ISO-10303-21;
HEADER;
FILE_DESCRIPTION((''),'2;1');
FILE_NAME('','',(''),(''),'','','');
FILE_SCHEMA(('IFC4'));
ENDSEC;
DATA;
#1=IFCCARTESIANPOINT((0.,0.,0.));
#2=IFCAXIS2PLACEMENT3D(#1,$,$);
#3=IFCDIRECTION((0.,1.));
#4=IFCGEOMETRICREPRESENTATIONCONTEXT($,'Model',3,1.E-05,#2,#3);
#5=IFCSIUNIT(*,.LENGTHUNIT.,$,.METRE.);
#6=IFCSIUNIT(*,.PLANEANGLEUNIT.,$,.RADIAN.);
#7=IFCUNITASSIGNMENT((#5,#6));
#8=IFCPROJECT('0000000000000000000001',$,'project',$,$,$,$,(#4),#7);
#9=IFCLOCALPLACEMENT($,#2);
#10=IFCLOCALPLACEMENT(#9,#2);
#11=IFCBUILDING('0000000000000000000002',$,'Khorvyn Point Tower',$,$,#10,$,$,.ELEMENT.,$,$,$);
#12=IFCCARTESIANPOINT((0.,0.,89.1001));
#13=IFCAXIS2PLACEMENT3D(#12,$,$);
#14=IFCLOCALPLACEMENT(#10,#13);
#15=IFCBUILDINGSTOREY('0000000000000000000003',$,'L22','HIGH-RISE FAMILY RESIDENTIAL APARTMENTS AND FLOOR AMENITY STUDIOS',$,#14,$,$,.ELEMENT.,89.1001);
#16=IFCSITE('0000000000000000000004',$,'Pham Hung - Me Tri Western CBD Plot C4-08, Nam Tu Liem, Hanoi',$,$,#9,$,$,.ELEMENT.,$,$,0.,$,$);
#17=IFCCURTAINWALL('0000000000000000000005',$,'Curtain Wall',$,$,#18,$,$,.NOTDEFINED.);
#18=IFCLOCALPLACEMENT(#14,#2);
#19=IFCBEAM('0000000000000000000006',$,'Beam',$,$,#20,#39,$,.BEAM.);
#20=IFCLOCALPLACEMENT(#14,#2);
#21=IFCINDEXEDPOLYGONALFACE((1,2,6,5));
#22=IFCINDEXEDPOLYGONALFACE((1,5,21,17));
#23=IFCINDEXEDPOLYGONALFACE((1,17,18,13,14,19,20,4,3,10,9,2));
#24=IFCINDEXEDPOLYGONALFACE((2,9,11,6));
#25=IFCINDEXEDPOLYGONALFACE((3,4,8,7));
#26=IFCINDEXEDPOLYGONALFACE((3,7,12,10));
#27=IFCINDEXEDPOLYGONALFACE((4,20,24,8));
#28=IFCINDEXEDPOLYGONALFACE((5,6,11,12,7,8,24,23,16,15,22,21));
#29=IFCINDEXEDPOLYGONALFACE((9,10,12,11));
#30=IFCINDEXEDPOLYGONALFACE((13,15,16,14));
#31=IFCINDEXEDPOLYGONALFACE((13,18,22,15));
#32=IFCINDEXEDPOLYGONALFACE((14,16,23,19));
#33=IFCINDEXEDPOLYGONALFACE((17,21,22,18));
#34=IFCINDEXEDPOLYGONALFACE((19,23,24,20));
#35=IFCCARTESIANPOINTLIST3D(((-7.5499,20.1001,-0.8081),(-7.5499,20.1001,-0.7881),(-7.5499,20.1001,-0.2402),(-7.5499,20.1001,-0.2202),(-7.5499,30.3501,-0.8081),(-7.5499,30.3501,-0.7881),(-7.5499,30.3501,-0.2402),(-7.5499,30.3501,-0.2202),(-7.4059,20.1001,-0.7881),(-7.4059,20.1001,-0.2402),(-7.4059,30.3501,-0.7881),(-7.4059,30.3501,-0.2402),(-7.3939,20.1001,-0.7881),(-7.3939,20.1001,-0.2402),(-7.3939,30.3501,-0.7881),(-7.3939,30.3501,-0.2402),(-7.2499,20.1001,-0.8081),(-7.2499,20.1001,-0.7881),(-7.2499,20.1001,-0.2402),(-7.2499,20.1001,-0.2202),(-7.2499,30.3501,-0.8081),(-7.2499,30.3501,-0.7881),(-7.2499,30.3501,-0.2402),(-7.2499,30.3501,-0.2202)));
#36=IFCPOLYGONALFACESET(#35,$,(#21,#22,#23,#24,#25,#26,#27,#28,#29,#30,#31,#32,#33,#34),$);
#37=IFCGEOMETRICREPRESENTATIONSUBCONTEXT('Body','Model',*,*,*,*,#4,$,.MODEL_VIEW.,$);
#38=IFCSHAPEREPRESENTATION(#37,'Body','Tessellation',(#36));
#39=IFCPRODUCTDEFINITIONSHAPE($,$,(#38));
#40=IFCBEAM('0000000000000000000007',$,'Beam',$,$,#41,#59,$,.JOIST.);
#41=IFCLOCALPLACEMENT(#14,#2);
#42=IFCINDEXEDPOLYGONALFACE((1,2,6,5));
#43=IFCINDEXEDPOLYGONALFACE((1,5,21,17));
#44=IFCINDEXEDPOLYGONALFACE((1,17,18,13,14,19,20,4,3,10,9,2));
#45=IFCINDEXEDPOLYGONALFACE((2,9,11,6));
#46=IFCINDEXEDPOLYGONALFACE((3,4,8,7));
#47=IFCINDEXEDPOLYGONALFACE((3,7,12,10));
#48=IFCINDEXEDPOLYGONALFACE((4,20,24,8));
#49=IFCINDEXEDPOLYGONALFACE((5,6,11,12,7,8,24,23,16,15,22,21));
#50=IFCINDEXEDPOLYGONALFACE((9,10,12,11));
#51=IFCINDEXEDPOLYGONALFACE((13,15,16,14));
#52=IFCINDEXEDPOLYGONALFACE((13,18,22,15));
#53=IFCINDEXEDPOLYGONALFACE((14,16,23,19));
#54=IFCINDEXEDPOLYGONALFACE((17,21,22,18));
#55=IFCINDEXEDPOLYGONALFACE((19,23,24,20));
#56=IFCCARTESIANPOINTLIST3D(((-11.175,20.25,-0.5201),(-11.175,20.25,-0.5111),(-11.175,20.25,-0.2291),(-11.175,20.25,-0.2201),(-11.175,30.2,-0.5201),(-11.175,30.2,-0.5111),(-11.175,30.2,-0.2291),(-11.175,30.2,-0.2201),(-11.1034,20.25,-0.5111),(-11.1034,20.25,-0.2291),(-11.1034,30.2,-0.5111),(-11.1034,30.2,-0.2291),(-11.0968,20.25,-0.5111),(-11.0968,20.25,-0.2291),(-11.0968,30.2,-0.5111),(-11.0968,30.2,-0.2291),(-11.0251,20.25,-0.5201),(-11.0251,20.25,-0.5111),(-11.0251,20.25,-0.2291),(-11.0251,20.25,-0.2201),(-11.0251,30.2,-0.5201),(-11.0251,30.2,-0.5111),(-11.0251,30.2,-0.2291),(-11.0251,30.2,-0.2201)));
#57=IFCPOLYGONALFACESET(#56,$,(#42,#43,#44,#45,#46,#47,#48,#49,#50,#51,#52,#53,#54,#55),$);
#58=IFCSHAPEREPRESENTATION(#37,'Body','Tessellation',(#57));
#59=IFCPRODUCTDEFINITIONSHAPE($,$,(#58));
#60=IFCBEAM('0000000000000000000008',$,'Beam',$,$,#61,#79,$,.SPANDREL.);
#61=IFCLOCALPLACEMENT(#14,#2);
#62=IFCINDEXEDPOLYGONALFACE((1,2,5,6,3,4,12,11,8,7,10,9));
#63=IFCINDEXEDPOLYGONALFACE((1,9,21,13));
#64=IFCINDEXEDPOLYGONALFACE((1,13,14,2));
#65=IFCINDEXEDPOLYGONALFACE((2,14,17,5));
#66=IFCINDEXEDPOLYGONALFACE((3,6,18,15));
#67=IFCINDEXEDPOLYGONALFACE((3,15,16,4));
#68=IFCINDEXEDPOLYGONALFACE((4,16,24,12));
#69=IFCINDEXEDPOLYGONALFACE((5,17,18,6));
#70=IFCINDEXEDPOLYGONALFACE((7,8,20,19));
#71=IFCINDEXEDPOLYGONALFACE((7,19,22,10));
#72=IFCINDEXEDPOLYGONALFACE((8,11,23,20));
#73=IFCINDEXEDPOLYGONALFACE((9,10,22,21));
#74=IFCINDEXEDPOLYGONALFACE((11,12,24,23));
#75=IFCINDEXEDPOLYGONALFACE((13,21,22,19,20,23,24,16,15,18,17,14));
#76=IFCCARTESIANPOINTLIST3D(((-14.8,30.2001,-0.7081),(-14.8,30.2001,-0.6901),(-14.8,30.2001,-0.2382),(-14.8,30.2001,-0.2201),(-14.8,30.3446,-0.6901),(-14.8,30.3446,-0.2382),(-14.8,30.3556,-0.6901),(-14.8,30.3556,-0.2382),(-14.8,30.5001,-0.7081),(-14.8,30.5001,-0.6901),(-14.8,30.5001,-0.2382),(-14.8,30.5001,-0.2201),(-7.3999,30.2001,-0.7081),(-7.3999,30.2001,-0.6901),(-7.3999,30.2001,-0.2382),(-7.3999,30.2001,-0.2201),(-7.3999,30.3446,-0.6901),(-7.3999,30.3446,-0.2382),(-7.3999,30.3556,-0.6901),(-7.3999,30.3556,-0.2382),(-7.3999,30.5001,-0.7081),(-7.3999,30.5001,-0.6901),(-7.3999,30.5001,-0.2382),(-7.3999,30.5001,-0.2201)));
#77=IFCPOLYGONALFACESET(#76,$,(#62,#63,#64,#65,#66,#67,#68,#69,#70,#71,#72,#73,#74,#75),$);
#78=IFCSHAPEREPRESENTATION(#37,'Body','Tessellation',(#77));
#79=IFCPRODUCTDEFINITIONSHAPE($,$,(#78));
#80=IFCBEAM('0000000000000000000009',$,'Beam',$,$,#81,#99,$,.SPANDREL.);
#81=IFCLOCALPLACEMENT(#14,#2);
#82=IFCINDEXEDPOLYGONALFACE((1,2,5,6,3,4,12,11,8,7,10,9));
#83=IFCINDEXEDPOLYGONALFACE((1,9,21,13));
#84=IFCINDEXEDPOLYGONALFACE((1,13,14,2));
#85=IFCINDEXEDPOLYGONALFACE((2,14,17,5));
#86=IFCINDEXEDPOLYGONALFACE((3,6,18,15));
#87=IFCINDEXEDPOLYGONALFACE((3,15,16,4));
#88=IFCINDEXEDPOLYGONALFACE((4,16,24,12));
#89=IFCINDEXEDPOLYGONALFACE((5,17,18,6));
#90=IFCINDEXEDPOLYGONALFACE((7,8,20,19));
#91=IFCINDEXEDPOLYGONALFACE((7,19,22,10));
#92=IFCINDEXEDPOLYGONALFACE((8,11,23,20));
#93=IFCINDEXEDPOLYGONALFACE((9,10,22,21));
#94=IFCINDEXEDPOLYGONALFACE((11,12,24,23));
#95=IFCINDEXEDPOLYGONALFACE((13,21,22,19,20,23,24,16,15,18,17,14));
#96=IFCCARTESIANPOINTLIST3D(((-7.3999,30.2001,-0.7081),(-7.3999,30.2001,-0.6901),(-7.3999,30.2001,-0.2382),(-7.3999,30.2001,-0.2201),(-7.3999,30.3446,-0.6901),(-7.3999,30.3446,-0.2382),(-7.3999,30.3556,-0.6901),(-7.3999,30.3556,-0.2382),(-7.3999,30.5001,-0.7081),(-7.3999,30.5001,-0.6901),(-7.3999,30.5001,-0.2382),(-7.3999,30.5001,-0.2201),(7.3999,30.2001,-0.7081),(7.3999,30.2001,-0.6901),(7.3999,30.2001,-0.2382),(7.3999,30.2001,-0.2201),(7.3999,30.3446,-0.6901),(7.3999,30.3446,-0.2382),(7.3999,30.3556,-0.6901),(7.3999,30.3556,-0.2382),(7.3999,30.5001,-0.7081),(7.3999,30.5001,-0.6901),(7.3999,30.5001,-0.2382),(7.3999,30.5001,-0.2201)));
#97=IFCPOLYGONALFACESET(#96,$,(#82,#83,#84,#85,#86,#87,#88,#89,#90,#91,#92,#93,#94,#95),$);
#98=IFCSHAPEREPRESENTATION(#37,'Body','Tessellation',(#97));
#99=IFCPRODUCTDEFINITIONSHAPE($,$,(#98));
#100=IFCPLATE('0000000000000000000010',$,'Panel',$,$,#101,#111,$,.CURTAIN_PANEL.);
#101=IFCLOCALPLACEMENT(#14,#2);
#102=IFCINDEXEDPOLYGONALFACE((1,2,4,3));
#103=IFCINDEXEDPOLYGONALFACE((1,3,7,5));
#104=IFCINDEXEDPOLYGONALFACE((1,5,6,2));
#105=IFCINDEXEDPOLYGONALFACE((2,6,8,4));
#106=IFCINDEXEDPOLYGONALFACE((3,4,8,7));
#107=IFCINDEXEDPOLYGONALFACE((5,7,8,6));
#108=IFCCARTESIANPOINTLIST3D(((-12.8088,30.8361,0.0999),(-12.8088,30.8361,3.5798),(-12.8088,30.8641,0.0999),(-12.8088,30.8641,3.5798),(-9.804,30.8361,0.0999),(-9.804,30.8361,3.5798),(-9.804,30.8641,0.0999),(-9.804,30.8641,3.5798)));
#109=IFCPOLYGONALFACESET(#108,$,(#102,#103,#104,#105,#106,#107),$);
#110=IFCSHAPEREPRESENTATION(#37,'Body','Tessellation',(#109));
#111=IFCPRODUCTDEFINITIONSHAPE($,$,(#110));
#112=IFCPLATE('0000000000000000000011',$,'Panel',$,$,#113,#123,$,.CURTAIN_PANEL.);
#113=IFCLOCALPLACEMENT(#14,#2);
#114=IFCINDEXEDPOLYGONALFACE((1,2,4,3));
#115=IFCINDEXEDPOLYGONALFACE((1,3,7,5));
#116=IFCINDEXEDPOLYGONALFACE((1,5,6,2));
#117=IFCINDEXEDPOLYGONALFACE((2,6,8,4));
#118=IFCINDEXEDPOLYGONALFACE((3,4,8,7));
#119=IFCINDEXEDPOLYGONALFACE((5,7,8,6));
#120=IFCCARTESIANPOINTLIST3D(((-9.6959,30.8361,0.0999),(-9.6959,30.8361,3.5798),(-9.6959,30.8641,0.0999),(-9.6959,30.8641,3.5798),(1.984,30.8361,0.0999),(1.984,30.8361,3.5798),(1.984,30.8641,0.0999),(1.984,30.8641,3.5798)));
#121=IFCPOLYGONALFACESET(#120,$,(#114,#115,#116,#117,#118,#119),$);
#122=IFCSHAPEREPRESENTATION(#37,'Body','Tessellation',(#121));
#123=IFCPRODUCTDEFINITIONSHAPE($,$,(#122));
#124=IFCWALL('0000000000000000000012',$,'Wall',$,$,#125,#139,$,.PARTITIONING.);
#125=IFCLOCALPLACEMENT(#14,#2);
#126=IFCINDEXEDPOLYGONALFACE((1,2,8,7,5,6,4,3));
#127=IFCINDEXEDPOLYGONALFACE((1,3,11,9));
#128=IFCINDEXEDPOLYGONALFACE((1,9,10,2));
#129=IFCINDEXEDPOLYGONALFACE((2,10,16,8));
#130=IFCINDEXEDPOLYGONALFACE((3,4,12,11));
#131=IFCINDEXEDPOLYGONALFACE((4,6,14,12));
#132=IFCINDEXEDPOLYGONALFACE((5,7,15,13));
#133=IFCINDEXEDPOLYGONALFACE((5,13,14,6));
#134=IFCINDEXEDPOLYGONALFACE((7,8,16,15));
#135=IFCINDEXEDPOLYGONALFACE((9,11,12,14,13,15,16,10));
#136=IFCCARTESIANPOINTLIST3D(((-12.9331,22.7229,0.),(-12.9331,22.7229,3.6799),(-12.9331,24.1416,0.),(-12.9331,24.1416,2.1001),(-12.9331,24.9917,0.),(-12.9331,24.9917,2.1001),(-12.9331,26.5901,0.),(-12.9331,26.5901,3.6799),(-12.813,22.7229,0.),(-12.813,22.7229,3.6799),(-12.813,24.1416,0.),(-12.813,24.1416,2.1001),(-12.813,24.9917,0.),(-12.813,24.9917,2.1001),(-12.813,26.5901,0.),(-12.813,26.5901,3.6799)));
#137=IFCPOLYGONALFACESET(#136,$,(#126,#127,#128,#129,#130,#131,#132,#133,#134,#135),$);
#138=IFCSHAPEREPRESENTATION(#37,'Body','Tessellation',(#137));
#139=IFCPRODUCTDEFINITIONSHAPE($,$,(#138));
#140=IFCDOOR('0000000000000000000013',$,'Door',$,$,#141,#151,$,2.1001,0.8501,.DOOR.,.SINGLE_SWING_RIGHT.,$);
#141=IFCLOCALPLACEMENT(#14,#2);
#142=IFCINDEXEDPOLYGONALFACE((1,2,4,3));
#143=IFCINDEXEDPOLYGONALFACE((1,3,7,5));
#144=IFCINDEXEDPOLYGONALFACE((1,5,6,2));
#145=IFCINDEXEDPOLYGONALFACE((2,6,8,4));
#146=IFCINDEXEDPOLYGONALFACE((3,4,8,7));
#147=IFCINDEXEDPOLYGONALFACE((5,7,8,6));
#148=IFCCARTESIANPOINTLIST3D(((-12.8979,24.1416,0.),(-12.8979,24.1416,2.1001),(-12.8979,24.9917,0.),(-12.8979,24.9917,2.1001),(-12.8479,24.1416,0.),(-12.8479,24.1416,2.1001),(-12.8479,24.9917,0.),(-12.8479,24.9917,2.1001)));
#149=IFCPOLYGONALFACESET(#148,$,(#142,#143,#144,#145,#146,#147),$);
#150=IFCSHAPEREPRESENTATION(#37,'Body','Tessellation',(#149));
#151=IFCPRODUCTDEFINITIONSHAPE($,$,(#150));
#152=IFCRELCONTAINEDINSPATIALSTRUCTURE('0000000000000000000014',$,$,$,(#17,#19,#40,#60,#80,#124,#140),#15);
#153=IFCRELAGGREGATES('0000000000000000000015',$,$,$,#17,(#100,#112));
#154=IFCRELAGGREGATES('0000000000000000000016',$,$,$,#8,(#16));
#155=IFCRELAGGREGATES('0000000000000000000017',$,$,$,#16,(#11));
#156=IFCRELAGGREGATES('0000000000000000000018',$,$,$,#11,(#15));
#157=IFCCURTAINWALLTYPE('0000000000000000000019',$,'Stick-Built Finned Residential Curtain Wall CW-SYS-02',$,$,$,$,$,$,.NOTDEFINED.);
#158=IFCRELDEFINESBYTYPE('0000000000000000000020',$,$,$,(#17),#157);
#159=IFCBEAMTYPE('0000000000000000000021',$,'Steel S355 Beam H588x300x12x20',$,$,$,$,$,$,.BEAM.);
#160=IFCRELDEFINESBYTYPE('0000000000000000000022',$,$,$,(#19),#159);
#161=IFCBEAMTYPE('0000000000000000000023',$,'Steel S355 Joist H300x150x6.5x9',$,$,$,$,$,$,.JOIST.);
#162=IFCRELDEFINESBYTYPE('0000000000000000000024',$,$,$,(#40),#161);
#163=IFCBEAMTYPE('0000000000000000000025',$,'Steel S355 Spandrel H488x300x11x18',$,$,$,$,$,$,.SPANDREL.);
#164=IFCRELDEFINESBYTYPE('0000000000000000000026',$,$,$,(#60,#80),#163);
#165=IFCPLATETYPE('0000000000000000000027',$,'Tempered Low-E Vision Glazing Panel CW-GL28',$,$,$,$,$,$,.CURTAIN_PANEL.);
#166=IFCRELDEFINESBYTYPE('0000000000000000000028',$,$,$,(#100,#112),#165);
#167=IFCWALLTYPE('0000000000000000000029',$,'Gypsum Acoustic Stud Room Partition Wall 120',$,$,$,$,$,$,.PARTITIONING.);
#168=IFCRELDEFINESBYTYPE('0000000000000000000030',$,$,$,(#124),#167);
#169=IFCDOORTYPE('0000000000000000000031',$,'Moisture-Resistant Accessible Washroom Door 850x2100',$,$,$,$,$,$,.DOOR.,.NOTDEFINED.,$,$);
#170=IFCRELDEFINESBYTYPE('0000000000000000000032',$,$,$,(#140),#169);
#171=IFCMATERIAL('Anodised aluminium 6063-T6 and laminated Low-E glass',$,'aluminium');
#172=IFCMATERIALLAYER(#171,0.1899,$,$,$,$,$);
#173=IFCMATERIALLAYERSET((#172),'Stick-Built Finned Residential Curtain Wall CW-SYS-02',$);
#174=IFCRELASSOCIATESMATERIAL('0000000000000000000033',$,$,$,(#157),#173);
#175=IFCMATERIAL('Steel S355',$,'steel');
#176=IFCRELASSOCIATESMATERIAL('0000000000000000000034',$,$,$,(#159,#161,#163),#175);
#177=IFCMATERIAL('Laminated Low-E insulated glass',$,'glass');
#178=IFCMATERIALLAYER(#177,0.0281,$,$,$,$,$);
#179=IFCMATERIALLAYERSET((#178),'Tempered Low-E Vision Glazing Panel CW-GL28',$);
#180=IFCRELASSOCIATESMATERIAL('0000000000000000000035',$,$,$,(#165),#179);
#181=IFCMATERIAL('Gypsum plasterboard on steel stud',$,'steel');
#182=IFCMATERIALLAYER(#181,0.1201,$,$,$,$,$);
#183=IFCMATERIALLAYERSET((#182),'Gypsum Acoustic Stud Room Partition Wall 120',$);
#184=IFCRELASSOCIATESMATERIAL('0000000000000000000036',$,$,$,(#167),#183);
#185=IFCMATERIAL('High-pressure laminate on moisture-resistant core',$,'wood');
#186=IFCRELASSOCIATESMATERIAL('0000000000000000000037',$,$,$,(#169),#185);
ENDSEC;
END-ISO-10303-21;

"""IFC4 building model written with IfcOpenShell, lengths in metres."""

from ifc_helpers import new_model, si_unit, direction, frame, frame_2d, origin, origin_2d, place, context, subcontext, project, spatial, rectangle, i_section, extrude, material, layer, layer_set, material_profile, profile_set, type_object, element, fill, aggregate, save


model = new_model("IFC4")

# Units and contexts
model_context = context("Model", 3, precision=1e-05, world=origin(), true_north=direction((0.0, 1.0)))
body_context = subcontext(model_context, "Body", "Model", "MODEL_VIEW")
ifc_project = project(units=[si_unit("LENGTHUNIT", "METRE"), si_unit("PLANEANGLEUNIT", "RADIAN")], contexts=[model_context])

# Site, building, storey
site_placement = place(None, origin())
site = spatial("IfcSite", under=ifc_project, at=site_placement, Name="Pham Hung - Me Tri Western CBD Plot C4-08, Nam Tu Liem, Hanoi", CompositionType="ELEMENT", RefElevation=0.0)
building_placement = place(site_placement, origin())
building = spatial("IfcBuilding", under=site, at=building_placement, Name="Khorvyn Point Tower", CompositionType="ELEMENT")
storey_placement = place(building_placement, frame((0.0, 0.0, 89.1001)))
storey = spatial("IfcBuildingStorey", under=building, at=storey_placement, Name="L22", Description="HIGH-RISE FAMILY RESIDENTIAL APARTMENTS AND FLOOR AMENITY STUDIOS", CompositionType="ELEMENT", Elevation=89.1001)

# Curtain wall
ifc_material_1 = material(Name="Anodised aluminium 6063-T6 and laminated Low-E glass", Category="aluminium")
ifc_layer_1 = layer(ifc_material_1, 0.1899)
ifc_layer_set_1 = layer_set([ifc_layer_1], Name="Stick-Built Finned Residential Curtain Wall CW-SYS-02")
curtain_wall_type = type_object("IfcCurtainWallType", Name="Stick-Built Finned Residential Curtain Wall CW-SYS-02", PredefinedType="NOTDEFINED", material=ifc_layer_set_1)
curtain_wall_placement = place(storey_placement, origin())
curtain_wall = element("IfcCurtainWall", 1, at=curtain_wall_placement, inside=storey, type_object=curtain_wall_type, Name="Curtain Wall", PredefinedType="NOTDEFINED")

# Beams
ifc_material_2 = material(Name="Steel S355", Category="steel")
ifc_material_profile_1 = material_profile(ifc_material_2, i_section(OverallWidth=0.3, OverallDepth=0.5879, WebThickness=0.012, FlangeThickness=0.02, at=origin_2d()))
ifc_profile_set_1 = profile_set([ifc_material_profile_1], Name="Steel S355 H588x300x12x20")
beam_type_1 = type_object("IfcBeamType", Name="Steel S355 Beam H588x300x12x20", PredefinedType="BEAM", material=ifc_profile_set_1)
beam_1_placement = place(storey_placement, frame((-7.3999, 20.1001, -0.5142), z_axis=(0.0, 1.0, 0.0), x_axis=(-1.0, 0.0, 0.0)))
element("IfcBeam", 2, at=beam_1_placement, inside=storey, type_object=beam_type_1, Name="Beam", PredefinedType="BEAM", context=body_context, shape_type="SweptSolid", body=[
    extrude(i_section(OverallWidth=0.3, OverallDepth=0.5879, WebThickness=0.012, FlangeThickness=0.02, at=origin_2d()), origin(), (0.0, 0.0, 1.0), 10.25),
])
ifc_material_profile_2 = material_profile(ifc_material_2, i_section(OverallWidth=0.1499, OverallDepth=0.3, WebThickness=0.0066, FlangeThickness=0.009, at=origin_2d()))
ifc_profile_set_2 = profile_set([ifc_material_profile_2], Name="Steel S355 H300x150x6.5x9")
beam_type_2 = type_object("IfcBeamType", Name="Steel S355 Joist H300x150x6.5x9", PredefinedType="JOIST", material=ifc_profile_set_2)
beam_2_placement = place(storey_placement, frame((-11.1001, 20.25, -0.3701), z_axis=(0.0, 1.0, 0.0), x_axis=(-1.0, 0.0, 0.0)))
element("IfcBeam", 3, at=beam_2_placement, inside=storey, type_object=beam_type_2, Name="Beam", PredefinedType="JOIST", context=body_context, shape_type="SweptSolid", body=[
    extrude(i_section(OverallWidth=0.1499, OverallDepth=0.3, WebThickness=0.0066, FlangeThickness=0.009, at=origin_2d()), origin(), (0.0, 0.0, 1.0), 9.95),
])
ifc_material_profile_3 = material_profile(ifc_material_2, i_section(OverallWidth=0.3, OverallDepth=0.488, WebThickness=0.011, FlangeThickness=0.0181, at=origin_2d()))
ifc_profile_set_3 = profile_set([ifc_material_profile_3], Name="Steel S355 H488x300x11x18")
beam_type_3 = type_object("IfcBeamType", Name="Steel S355 Spandrel H488x300x11x18", PredefinedType="SPANDREL", material=ifc_profile_set_3)
beam_3_placement = place(storey_placement, frame((-14.8, 30.3501, -0.4641), z_axis=(1.0, 0.0, 0.0), x_axis=(0.0, 1.0, 0.0)))
element("IfcBeam", 4, at=beam_3_placement, inside=storey, type_object=beam_type_3, Name="Beam", PredefinedType="SPANDREL", context=body_context, shape_type="SweptSolid", body=[
    extrude(i_section(OverallWidth=0.3, OverallDepth=0.488, WebThickness=0.011, FlangeThickness=0.0181, at=origin_2d()), origin(), (0.0, 0.0, 1.0), 7.4001),
])
beam_4_placement = place(storey_placement, frame((-7.3999, 30.3501, -0.4641), z_axis=(1.0, 0.0, 0.0), x_axis=(0.0, 1.0, 0.0)))
element("IfcBeam", 5, at=beam_4_placement, inside=storey, type_object=beam_type_3, Name="Beam", PredefinedType="SPANDREL", context=body_context, shape_type="SweptSolid", body=[
    extrude(i_section(OverallWidth=0.3, OverallDepth=0.488, WebThickness=0.011, FlangeThickness=0.0181, at=origin_2d()), origin(), (0.0, 0.0, 1.0), 14.7998),
])

# Plates
ifc_material_3 = material(Name="Laminated Low-E insulated glass", Category="glass")
ifc_layer_2 = layer(ifc_material_3, 0.0281)
ifc_layer_set_2 = layer_set([ifc_layer_2], Name="Tempered Low-E Vision Glazing Panel CW-GL28")
plate_type = type_object("IfcPlateType", Name="Tempered Low-E Vision Glazing Panel CW-GL28", PredefinedType="CURTAIN_PANEL", material=ifc_layer_set_2)
plate_1_placement = place(storey_placement, frame((-11.3064, 30.8501, 0.0999), z_axis=(0.0, 0.0, 1.0), x_axis=(1.0, 0.0, 0.0)))
plate_1 = element("IfcPlate", 6, at=plate_1_placement, type_object=plate_type, Name="Panel", PredefinedType="CURTAIN_PANEL", context=body_context, shape_type="SweptSolid", body=[
    extrude(rectangle(XDim=3.0049, YDim=0.0281, at=origin_2d()), origin(), (0.0, 0.0, 1.0), 3.48),
])
plate_2_placement = place(storey_placement, frame((-3.856, 30.8501, 0.0999), z_axis=(0.0, 0.0, 1.0), x_axis=(1.0, 0.0, 0.0)))
plate_2 = element("IfcPlate", 7, at=plate_2_placement, type_object=plate_type, Name="Panel", PredefinedType="CURTAIN_PANEL", context=body_context, shape_type="SweptSolid", body=[
    extrude(rectangle(XDim=11.6799, YDim=0.0281, at=origin_2d()), origin(), (0.0, 0.0, 1.0), 3.48),
])
aggregate(curtain_wall, [plate_1, plate_2])

# Wall, opening, door
ifc_material_4 = material(Name="Gypsum plasterboard on steel stud", Category="steel")
ifc_layer_3 = layer(ifc_material_4, 0.1201)
ifc_layer_set_3 = layer_set([ifc_layer_3], Name="Gypsum Acoustic Stud Room Partition Wall 120")
wall_type_1 = type_object("IfcWallType", Name="Gypsum Acoustic Stud Room Partition Wall 120", PredefinedType="PARTITIONING", material=ifc_layer_set_3)
wall_1_placement = place(storey_placement, frame((-12.873, 22.7229, 0.0), z_axis=(0.0, 0.0, 1.0), x_axis=(0.0, 1.0, 0.0)))
wall_1 = element("IfcWall", 8, at=wall_1_placement, inside=storey, type_object=wall_type_1, Name="Wall", PredefinedType="PARTITIONING", context=body_context, shape_type="SweptSolid", body=[
    extrude(rectangle(XDim=3.8672, YDim=0.1201, at=frame_2d((1.9336, 0.0))), origin(), (0.0, 0.0, 1.0), 3.6799),
])
opening_1_placement = place(wall_1_placement, frame((1.4187, 0.0, 0.0)))
opening_1 = element("IfcOpeningElement", 9, at=opening_1_placement, cuts=wall_1, PredefinedType="OPENING", context=body_context, shape_type="SweptSolid", body=[
    extrude(rectangle(XDim=0.8501, YDim=2.1001, at=frame_2d((0.425, 1.05))), frame((0.0, 0.0701, 0.0), z_axis=(0.0, -1.0, 0.0), x_axis=(1.0, 0.0, 0.0)), (0.0, 0.0, 1.0), 0.1401),
])
ifc_material_5 = material(Name="High-pressure laminate on moisture-resistant core", Category="wood")
door_type_1 = type_object("IfcDoorType", Name="Moisture-Resistant Accessible Washroom Door 850x2100", OperationType="NOTDEFINED", PredefinedType="DOOR", material=ifc_material_5)
door_1_placement = place(opening_1_placement, origin())
door_1 = element("IfcDoor", 10, at=door_1_placement, inside=storey, type_object=door_type_1, Name="Door", OperationType="SINGLE_SWING_RIGHT", OverallHeight=2.1001, OverallWidth=0.8501, PredefinedType="DOOR", context=body_context, shape_type="SweptSolid", body=[
    extrude(rectangle(XDim=0.8501, YDim=2.1001, at=frame_2d((0.425, 1.05))), frame((0.0, 0.0249, 0.0), z_axis=(0.0, -1.0, 0.0), x_axis=(1.0, 0.0, 0.0)), (0.0, 0.0, 1.0), 0.05),
])
fill(opening_1, door_1)

save(model, "model.ifc")
